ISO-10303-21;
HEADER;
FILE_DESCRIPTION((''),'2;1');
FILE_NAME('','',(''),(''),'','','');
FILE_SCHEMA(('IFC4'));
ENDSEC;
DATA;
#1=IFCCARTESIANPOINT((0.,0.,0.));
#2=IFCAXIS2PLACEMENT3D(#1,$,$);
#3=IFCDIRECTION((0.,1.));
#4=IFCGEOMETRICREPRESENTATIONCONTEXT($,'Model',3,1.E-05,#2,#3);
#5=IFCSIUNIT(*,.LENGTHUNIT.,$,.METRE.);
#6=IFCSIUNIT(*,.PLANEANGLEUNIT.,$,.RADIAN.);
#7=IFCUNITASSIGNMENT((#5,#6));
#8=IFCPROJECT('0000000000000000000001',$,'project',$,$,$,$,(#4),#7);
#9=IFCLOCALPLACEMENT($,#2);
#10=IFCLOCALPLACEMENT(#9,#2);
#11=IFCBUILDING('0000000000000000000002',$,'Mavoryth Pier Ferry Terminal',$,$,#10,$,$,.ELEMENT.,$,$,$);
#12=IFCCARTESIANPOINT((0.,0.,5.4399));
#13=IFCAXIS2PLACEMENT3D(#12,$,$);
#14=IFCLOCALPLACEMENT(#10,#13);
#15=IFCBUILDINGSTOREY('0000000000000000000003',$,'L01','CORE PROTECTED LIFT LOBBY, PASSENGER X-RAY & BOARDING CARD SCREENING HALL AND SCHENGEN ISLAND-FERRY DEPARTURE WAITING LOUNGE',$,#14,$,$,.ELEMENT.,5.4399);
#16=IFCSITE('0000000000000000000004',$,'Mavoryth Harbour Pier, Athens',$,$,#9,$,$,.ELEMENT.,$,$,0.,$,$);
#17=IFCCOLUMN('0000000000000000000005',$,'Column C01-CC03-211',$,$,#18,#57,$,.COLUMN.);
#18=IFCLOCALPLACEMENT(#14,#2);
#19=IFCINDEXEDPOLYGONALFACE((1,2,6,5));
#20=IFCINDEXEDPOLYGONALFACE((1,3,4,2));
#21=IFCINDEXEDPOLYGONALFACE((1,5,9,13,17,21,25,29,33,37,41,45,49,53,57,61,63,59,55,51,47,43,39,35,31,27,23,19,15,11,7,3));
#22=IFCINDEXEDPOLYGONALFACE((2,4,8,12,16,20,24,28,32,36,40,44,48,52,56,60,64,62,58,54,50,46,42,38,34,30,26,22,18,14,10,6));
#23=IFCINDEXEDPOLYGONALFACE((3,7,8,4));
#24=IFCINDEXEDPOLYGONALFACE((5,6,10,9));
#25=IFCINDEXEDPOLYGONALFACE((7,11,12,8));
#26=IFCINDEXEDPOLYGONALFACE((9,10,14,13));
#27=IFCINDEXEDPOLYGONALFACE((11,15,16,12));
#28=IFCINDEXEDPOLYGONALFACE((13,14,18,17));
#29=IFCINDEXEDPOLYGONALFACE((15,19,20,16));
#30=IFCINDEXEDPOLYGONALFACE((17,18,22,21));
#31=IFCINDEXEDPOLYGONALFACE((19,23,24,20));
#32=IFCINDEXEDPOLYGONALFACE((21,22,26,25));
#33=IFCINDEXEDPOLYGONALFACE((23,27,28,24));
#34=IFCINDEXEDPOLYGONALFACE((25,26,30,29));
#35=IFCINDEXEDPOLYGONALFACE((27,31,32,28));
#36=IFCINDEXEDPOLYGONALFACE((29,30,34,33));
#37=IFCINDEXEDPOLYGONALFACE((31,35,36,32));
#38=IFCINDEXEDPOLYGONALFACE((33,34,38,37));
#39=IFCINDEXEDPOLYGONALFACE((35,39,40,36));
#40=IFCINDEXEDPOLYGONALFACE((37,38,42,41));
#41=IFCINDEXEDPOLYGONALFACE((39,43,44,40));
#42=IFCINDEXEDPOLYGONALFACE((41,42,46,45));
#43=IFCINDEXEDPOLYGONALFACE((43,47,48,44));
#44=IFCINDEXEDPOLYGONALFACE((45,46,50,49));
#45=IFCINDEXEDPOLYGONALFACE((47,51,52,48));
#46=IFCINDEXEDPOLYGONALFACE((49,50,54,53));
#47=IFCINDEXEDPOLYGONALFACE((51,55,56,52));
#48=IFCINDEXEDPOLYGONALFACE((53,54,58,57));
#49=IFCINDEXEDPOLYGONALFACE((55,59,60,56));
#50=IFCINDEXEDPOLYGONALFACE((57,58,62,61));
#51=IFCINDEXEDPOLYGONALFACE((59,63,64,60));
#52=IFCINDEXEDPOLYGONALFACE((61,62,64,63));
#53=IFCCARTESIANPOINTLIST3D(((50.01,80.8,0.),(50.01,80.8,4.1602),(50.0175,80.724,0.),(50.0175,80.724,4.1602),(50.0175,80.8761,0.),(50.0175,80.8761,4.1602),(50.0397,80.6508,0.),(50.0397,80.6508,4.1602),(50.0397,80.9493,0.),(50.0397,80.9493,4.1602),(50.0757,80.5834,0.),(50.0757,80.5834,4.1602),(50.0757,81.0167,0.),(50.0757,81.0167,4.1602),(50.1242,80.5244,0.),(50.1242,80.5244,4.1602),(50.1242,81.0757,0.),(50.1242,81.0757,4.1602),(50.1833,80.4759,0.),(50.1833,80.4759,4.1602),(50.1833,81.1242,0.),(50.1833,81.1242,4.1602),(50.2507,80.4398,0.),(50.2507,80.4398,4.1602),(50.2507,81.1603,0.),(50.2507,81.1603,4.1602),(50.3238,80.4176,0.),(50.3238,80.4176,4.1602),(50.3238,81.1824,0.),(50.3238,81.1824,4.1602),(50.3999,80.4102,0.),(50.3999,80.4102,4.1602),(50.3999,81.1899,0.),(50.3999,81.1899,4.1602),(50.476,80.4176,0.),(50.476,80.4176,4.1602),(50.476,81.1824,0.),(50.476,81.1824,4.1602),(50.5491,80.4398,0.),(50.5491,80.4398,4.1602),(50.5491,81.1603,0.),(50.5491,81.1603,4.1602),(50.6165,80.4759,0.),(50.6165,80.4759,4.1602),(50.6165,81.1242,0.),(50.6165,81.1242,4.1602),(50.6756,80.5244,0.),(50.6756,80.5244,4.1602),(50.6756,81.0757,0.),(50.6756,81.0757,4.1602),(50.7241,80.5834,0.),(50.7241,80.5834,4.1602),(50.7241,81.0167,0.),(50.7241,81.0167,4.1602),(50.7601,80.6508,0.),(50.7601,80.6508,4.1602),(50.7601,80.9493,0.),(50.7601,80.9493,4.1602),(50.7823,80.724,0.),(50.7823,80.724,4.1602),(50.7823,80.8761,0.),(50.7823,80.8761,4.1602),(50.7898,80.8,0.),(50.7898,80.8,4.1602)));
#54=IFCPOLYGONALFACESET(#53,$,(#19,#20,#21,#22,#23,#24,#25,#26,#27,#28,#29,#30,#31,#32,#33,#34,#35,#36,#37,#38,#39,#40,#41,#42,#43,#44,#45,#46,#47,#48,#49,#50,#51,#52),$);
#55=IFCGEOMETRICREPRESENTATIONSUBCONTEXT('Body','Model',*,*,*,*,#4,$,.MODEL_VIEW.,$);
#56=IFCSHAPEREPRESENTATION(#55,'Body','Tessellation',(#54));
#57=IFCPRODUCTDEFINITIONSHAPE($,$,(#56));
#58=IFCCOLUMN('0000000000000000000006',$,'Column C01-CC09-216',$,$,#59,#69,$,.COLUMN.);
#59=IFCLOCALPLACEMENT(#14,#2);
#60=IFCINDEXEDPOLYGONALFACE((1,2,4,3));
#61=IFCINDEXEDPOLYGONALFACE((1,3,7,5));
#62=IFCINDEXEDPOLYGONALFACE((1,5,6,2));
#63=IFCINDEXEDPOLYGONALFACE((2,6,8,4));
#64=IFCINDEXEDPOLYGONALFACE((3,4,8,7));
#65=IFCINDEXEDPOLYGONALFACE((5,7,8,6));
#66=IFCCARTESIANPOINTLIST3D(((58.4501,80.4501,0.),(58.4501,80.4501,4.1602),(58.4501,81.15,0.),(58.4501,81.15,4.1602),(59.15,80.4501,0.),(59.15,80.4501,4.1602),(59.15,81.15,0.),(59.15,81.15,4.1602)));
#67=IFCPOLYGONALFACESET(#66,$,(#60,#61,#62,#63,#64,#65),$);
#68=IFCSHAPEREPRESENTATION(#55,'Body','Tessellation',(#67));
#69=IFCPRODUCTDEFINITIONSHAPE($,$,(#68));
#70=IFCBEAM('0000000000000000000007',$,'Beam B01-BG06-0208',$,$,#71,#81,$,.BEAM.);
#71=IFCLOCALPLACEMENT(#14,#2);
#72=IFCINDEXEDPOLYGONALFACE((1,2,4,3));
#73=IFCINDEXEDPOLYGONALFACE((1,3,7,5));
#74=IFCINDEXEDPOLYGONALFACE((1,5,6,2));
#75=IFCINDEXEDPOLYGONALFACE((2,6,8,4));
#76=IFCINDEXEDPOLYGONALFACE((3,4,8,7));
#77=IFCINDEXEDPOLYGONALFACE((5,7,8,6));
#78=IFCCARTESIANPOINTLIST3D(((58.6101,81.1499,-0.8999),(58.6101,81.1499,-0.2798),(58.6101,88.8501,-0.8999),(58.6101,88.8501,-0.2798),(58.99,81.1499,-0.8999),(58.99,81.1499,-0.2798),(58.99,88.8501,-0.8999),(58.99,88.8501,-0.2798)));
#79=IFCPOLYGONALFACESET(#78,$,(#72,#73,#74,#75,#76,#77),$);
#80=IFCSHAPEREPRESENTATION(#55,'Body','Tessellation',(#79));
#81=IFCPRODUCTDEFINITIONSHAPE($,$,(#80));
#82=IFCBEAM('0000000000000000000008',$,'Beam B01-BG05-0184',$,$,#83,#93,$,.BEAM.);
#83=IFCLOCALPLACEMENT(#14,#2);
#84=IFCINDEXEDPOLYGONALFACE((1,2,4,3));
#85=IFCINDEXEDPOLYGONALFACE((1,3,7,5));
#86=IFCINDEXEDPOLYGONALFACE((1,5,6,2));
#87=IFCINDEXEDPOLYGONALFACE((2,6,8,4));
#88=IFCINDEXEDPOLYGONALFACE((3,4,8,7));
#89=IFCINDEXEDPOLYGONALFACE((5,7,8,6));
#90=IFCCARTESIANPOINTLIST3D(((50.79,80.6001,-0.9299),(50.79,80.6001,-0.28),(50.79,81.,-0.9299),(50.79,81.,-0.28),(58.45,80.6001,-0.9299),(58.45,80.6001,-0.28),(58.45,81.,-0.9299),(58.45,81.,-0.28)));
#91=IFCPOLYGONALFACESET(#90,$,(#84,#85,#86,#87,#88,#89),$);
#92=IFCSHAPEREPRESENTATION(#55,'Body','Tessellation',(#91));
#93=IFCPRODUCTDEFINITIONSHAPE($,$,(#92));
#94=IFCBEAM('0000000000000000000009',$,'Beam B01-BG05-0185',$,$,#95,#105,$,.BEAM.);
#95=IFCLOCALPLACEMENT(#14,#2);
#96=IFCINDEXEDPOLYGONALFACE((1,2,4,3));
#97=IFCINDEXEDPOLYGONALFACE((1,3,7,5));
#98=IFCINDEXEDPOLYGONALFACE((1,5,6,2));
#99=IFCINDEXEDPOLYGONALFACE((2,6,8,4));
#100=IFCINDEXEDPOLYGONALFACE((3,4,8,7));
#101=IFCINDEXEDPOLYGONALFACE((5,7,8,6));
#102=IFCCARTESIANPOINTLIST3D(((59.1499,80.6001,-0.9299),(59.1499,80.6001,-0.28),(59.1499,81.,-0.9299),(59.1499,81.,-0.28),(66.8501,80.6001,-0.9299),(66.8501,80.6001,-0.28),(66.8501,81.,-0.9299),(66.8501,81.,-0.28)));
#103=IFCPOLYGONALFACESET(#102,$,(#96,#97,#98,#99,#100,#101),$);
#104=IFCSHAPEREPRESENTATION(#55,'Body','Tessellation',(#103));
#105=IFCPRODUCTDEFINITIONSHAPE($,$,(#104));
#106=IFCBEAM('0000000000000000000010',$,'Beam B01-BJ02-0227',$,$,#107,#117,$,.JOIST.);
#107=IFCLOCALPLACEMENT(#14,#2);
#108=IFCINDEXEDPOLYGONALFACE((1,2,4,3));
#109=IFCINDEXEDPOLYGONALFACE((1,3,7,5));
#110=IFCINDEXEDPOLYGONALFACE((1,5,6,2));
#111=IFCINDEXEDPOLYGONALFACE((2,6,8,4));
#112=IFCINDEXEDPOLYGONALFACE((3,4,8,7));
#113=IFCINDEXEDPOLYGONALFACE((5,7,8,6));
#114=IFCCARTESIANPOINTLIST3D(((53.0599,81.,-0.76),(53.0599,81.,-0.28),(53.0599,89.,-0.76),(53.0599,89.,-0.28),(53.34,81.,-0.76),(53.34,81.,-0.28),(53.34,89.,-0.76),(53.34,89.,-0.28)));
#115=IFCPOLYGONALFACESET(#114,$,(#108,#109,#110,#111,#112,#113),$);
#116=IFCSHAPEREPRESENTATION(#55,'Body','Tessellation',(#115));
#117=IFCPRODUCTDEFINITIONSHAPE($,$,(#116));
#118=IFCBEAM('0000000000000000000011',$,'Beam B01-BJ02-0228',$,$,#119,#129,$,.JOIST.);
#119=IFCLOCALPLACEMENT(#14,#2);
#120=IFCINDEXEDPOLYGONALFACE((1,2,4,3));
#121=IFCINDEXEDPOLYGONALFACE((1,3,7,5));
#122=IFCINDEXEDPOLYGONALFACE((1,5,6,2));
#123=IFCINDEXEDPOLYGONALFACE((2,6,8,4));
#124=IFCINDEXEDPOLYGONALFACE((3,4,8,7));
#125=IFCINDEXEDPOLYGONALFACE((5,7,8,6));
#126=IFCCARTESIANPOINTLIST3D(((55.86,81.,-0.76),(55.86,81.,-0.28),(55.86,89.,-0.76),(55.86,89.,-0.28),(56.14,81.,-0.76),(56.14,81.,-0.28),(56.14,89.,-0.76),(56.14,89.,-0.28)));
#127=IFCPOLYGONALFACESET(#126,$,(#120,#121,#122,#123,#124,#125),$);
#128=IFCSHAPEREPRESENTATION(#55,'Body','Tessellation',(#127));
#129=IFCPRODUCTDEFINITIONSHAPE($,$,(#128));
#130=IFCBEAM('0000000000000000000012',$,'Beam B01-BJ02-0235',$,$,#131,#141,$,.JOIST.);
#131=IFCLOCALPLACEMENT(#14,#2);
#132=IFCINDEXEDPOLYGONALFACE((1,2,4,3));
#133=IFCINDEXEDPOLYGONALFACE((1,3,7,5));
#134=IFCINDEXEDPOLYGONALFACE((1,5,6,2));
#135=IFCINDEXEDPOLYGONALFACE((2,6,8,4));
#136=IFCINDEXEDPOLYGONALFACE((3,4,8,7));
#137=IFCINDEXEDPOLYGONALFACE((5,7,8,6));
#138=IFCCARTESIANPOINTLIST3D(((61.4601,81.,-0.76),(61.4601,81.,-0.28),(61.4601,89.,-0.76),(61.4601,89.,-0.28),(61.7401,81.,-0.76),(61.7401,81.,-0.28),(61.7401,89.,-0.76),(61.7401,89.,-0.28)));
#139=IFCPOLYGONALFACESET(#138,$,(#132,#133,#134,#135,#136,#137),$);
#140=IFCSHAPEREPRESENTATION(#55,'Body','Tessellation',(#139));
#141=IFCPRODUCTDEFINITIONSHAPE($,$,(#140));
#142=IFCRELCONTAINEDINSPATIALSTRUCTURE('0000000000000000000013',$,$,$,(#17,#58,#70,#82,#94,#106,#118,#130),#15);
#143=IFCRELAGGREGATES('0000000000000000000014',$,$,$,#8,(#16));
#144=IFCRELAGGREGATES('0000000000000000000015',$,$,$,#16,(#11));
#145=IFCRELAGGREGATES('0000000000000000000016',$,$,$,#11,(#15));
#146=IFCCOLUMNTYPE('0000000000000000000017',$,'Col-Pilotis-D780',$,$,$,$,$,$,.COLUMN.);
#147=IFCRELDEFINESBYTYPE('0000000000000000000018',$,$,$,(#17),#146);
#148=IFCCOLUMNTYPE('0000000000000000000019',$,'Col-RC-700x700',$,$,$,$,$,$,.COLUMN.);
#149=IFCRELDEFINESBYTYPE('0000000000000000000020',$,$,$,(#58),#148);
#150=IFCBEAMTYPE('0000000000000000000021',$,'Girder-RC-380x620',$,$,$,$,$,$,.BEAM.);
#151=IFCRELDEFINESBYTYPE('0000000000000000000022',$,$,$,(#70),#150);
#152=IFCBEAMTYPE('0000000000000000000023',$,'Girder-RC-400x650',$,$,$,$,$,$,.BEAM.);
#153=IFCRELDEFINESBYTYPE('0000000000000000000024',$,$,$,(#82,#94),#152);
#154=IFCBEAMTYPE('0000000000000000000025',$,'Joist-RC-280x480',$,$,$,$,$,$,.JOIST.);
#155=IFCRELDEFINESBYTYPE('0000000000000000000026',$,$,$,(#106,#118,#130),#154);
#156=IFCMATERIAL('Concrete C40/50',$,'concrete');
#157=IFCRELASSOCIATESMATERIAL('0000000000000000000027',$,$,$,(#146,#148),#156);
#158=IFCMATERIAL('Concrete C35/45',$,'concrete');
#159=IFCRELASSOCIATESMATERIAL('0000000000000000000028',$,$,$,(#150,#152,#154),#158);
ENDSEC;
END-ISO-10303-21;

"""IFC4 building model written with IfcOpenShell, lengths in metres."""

from ifc_helpers import new_model, si_unit, direction, frame, origin, origin_2d, place, context, subcontext, project, spatial, rectangle, circle, extrude, material, material_profile, profile_set, type_object, element, save


model = new_model("IFC4")

# Units and contexts
model_context = context("Model", 3, precision=1e-05, world=origin(), true_north=direction((0.0, 1.0)))
body_context = subcontext(model_context, "Body", "Model", "MODEL_VIEW")
ifc_project = project(units=[si_unit("LENGTHUNIT", "METRE"), si_unit("PLANEANGLEUNIT", "RADIAN")], contexts=[model_context])

# Site, building, storey
site_placement = place(None, origin())
site = spatial("IfcSite", under=ifc_project, at=site_placement, Name="Mavoryth Harbour Pier, Athens", CompositionType="ELEMENT", RefElevation=0.0)
building_placement = place(site_placement, origin())
building = spatial("IfcBuilding", under=site, at=building_placement, Name="Mavoryth Pier Ferry Terminal", CompositionType="ELEMENT")
storey_placement = place(building_placement, frame((0.0, 0.0, 5.4399)))
storey = spatial("IfcBuildingStorey", under=building, at=storey_placement, Name="L01", Description="CORE PROTECTED LIFT LOBBY, PASSENGER X-RAY & BOARDING CARD SCREENING HALL AND SCHENGEN ISLAND-FERRY DEPARTURE WAITING LOUNGE", CompositionType="ELEMENT", Elevation=5.4399)

# Columns
ifc_material_1 = material(Name="Concrete C40/50", Category="concrete")
ifc_material_profile_1 = material_profile(ifc_material_1, circle(Radius=0.3899, at=origin_2d()), Name="RC D780", Category="concrete")
ifc_profile_set_1 = profile_set([ifc_material_profile_1], Name="Concrete C40/50 - RC D780")
column_type_1 = type_object("IfcColumnType", Name="Col-Pilotis-D780", PredefinedType="COLUMN", material=ifc_profile_set_1)
column_1_placement = place(storey_placement, frame((50.3999, 80.8, 0.0), z_axis=(0.0, 0.0, 1.0), x_axis=(1.0, 0.0, 0.0)))
element("IfcColumn", 1, at=column_1_placement, inside=storey, type_object=column_type_1, Name="Column C01-CC03-211", PredefinedType="COLUMN", context=body_context, shape_type="SweptSolid", body=[
    extrude(circle(Radius=0.3899, at=origin_2d()), origin(), (0.0, 0.0, 1.0), 4.1602),
])
ifc_material_profile_2 = material_profile(ifc_material_1, rectangle(XDim=0.7, YDim=0.7, at=origin_2d()), Name="RC 700x700", Category="concrete")
ifc_profile_set_2 = profile_set([ifc_material_profile_2], Name="Concrete C40/50 - RC 700x700")
column_type_2 = type_object("IfcColumnType", Name="Col-RC-700x700", PredefinedType="COLUMN", material=ifc_profile_set_2)
column_2_placement = place(storey_placement, frame((58.8, 80.8, 0.0), z_axis=(0.0, 0.0, 1.0), x_axis=(1.0, 0.0, 0.0)))
element("IfcColumn", 2, at=column_2_placement, inside=storey, type_object=column_type_2, Name="Column C01-CC09-216", PredefinedType="COLUMN", context=body_context, shape_type="SweptSolid", body=[
    extrude(rectangle(XDim=0.7, YDim=0.7, at=origin_2d()), origin(), (0.0, 0.0, 1.0), 4.1602),
])

# Beams
ifc_material_2 = material(Name="Concrete C35/45", Category="concrete")
ifc_material_profile_3 = material_profile(ifc_material_2, rectangle(XDim=0.3799, YDim=0.6201, at=origin_2d()), Name="RC 380x620", Category="concrete")
ifc_profile_set_3 = profile_set([ifc_material_profile_3], Name="Concrete C35/45 - RC 380x620")
beam_type_1 = type_object("IfcBeamType", Name="Girder-RC-380x620", PredefinedType="BEAM", material=ifc_profile_set_3)
beam_1_placement = place(storey_placement, frame((58.8, 81.1499, -0.5898), z_axis=(0.0, 1.0, 0.0), x_axis=(-1.0, 0.0, 0.0)))
element("IfcBeam", 3, at=beam_1_placement, inside=storey, type_object=beam_type_1, Name="Beam B01-BG06-0208", PredefinedType="BEAM", context=body_context, shape_type="SweptSolid", body=[
    extrude(rectangle(XDim=0.3799, YDim=0.6201, at=origin_2d()), origin(), (0.0, 0.0, 1.0), 7.7002),
])
ifc_material_profile_4 = material_profile(ifc_material_2, rectangle(XDim=0.3999, YDim=0.6499, at=origin_2d()), Name="RC 400x650", Category="concrete")
ifc_profile_set_4 = profile_set([ifc_material_profile_4], Name="Concrete C35/45 - RC 400x650")
beam_type_2 = type_object("IfcBeamType", Name="Girder-RC-400x650", PredefinedType="BEAM", material=ifc_profile_set_4)
beam_2_placement = place(storey_placement, frame((50.79, 80.8, -0.605), z_axis=(1.0, 0.0, 0.0), x_axis=(0.0, 1.0, 0.0)))
element("IfcBeam", 4, at=beam_2_placement, inside=storey, type_object=beam_type_2, Name="Beam B01-BG05-0184", PredefinedType="BEAM", context=body_context, shape_type="SweptSolid", body=[
    extrude(rectangle(XDim=0.3999, YDim=0.6499, at=origin_2d()), origin(), (0.0, 0.0, 1.0), 7.6599),
])
beam_3_placement = place(storey_placement, frame((59.1499, 80.8, -0.605), z_axis=(1.0, 0.0, 0.0), x_axis=(0.0, 1.0, 0.0)))
element("IfcBeam", 5, at=beam_3_placement, inside=storey, type_object=beam_type_2, Name="Beam B01-BG05-0185", PredefinedType="BEAM", context=body_context, shape_type="SweptSolid", body=[
    extrude(rectangle(XDim=0.3999, YDim=0.6499, at=origin_2d()), origin(), (0.0, 0.0, 1.0), 7.7002),
])
ifc_material_profile_5 = material_profile(ifc_material_2, rectangle(XDim=0.28, YDim=0.48, at=origin_2d()), Name="RC 280x480", Category="concrete")
ifc_profile_set_5 = profile_set([ifc_material_profile_5], Name="Concrete C35/45 - RC 280x480")
beam_type_3 = type_object("IfcBeamType", Name="Joist-RC-280x480", PredefinedType="JOIST", material=ifc_profile_set_5)
for number, where, z_axis, x_axis, name in (
    (6, (53.2, 81.0, -0.52), (0.0, 1.0, 0.0), (-1.0, 0.0, 0.0), "Beam B01-BJ02-0227"),
    (7, (56.0, 81.0, -0.52), (0.0, 1.0, 0.0), (-1.0, 0.0, 0.0), "Beam B01-BJ02-0228"),
    (8, (61.6001, 81.0, -0.52), (0.0, 1.0, 0.0), (-1.0, 0.0, 0.0), "Beam B01-BJ02-0235"),
):
    element("IfcBeam", number, at=place(storey_placement, frame(where, z_axis=z_axis, x_axis=x_axis)), inside=storey, type_object=beam_type_3, Name=name, PredefinedType="JOIST", context=body_context, shape_type="SweptSolid", body=[
        extrude(rectangle(XDim=0.28, YDim=0.48, at=origin_2d()), origin(), (0.0, 0.0, 1.0), 8.0),
    ])

save(model, "model.ifc")
